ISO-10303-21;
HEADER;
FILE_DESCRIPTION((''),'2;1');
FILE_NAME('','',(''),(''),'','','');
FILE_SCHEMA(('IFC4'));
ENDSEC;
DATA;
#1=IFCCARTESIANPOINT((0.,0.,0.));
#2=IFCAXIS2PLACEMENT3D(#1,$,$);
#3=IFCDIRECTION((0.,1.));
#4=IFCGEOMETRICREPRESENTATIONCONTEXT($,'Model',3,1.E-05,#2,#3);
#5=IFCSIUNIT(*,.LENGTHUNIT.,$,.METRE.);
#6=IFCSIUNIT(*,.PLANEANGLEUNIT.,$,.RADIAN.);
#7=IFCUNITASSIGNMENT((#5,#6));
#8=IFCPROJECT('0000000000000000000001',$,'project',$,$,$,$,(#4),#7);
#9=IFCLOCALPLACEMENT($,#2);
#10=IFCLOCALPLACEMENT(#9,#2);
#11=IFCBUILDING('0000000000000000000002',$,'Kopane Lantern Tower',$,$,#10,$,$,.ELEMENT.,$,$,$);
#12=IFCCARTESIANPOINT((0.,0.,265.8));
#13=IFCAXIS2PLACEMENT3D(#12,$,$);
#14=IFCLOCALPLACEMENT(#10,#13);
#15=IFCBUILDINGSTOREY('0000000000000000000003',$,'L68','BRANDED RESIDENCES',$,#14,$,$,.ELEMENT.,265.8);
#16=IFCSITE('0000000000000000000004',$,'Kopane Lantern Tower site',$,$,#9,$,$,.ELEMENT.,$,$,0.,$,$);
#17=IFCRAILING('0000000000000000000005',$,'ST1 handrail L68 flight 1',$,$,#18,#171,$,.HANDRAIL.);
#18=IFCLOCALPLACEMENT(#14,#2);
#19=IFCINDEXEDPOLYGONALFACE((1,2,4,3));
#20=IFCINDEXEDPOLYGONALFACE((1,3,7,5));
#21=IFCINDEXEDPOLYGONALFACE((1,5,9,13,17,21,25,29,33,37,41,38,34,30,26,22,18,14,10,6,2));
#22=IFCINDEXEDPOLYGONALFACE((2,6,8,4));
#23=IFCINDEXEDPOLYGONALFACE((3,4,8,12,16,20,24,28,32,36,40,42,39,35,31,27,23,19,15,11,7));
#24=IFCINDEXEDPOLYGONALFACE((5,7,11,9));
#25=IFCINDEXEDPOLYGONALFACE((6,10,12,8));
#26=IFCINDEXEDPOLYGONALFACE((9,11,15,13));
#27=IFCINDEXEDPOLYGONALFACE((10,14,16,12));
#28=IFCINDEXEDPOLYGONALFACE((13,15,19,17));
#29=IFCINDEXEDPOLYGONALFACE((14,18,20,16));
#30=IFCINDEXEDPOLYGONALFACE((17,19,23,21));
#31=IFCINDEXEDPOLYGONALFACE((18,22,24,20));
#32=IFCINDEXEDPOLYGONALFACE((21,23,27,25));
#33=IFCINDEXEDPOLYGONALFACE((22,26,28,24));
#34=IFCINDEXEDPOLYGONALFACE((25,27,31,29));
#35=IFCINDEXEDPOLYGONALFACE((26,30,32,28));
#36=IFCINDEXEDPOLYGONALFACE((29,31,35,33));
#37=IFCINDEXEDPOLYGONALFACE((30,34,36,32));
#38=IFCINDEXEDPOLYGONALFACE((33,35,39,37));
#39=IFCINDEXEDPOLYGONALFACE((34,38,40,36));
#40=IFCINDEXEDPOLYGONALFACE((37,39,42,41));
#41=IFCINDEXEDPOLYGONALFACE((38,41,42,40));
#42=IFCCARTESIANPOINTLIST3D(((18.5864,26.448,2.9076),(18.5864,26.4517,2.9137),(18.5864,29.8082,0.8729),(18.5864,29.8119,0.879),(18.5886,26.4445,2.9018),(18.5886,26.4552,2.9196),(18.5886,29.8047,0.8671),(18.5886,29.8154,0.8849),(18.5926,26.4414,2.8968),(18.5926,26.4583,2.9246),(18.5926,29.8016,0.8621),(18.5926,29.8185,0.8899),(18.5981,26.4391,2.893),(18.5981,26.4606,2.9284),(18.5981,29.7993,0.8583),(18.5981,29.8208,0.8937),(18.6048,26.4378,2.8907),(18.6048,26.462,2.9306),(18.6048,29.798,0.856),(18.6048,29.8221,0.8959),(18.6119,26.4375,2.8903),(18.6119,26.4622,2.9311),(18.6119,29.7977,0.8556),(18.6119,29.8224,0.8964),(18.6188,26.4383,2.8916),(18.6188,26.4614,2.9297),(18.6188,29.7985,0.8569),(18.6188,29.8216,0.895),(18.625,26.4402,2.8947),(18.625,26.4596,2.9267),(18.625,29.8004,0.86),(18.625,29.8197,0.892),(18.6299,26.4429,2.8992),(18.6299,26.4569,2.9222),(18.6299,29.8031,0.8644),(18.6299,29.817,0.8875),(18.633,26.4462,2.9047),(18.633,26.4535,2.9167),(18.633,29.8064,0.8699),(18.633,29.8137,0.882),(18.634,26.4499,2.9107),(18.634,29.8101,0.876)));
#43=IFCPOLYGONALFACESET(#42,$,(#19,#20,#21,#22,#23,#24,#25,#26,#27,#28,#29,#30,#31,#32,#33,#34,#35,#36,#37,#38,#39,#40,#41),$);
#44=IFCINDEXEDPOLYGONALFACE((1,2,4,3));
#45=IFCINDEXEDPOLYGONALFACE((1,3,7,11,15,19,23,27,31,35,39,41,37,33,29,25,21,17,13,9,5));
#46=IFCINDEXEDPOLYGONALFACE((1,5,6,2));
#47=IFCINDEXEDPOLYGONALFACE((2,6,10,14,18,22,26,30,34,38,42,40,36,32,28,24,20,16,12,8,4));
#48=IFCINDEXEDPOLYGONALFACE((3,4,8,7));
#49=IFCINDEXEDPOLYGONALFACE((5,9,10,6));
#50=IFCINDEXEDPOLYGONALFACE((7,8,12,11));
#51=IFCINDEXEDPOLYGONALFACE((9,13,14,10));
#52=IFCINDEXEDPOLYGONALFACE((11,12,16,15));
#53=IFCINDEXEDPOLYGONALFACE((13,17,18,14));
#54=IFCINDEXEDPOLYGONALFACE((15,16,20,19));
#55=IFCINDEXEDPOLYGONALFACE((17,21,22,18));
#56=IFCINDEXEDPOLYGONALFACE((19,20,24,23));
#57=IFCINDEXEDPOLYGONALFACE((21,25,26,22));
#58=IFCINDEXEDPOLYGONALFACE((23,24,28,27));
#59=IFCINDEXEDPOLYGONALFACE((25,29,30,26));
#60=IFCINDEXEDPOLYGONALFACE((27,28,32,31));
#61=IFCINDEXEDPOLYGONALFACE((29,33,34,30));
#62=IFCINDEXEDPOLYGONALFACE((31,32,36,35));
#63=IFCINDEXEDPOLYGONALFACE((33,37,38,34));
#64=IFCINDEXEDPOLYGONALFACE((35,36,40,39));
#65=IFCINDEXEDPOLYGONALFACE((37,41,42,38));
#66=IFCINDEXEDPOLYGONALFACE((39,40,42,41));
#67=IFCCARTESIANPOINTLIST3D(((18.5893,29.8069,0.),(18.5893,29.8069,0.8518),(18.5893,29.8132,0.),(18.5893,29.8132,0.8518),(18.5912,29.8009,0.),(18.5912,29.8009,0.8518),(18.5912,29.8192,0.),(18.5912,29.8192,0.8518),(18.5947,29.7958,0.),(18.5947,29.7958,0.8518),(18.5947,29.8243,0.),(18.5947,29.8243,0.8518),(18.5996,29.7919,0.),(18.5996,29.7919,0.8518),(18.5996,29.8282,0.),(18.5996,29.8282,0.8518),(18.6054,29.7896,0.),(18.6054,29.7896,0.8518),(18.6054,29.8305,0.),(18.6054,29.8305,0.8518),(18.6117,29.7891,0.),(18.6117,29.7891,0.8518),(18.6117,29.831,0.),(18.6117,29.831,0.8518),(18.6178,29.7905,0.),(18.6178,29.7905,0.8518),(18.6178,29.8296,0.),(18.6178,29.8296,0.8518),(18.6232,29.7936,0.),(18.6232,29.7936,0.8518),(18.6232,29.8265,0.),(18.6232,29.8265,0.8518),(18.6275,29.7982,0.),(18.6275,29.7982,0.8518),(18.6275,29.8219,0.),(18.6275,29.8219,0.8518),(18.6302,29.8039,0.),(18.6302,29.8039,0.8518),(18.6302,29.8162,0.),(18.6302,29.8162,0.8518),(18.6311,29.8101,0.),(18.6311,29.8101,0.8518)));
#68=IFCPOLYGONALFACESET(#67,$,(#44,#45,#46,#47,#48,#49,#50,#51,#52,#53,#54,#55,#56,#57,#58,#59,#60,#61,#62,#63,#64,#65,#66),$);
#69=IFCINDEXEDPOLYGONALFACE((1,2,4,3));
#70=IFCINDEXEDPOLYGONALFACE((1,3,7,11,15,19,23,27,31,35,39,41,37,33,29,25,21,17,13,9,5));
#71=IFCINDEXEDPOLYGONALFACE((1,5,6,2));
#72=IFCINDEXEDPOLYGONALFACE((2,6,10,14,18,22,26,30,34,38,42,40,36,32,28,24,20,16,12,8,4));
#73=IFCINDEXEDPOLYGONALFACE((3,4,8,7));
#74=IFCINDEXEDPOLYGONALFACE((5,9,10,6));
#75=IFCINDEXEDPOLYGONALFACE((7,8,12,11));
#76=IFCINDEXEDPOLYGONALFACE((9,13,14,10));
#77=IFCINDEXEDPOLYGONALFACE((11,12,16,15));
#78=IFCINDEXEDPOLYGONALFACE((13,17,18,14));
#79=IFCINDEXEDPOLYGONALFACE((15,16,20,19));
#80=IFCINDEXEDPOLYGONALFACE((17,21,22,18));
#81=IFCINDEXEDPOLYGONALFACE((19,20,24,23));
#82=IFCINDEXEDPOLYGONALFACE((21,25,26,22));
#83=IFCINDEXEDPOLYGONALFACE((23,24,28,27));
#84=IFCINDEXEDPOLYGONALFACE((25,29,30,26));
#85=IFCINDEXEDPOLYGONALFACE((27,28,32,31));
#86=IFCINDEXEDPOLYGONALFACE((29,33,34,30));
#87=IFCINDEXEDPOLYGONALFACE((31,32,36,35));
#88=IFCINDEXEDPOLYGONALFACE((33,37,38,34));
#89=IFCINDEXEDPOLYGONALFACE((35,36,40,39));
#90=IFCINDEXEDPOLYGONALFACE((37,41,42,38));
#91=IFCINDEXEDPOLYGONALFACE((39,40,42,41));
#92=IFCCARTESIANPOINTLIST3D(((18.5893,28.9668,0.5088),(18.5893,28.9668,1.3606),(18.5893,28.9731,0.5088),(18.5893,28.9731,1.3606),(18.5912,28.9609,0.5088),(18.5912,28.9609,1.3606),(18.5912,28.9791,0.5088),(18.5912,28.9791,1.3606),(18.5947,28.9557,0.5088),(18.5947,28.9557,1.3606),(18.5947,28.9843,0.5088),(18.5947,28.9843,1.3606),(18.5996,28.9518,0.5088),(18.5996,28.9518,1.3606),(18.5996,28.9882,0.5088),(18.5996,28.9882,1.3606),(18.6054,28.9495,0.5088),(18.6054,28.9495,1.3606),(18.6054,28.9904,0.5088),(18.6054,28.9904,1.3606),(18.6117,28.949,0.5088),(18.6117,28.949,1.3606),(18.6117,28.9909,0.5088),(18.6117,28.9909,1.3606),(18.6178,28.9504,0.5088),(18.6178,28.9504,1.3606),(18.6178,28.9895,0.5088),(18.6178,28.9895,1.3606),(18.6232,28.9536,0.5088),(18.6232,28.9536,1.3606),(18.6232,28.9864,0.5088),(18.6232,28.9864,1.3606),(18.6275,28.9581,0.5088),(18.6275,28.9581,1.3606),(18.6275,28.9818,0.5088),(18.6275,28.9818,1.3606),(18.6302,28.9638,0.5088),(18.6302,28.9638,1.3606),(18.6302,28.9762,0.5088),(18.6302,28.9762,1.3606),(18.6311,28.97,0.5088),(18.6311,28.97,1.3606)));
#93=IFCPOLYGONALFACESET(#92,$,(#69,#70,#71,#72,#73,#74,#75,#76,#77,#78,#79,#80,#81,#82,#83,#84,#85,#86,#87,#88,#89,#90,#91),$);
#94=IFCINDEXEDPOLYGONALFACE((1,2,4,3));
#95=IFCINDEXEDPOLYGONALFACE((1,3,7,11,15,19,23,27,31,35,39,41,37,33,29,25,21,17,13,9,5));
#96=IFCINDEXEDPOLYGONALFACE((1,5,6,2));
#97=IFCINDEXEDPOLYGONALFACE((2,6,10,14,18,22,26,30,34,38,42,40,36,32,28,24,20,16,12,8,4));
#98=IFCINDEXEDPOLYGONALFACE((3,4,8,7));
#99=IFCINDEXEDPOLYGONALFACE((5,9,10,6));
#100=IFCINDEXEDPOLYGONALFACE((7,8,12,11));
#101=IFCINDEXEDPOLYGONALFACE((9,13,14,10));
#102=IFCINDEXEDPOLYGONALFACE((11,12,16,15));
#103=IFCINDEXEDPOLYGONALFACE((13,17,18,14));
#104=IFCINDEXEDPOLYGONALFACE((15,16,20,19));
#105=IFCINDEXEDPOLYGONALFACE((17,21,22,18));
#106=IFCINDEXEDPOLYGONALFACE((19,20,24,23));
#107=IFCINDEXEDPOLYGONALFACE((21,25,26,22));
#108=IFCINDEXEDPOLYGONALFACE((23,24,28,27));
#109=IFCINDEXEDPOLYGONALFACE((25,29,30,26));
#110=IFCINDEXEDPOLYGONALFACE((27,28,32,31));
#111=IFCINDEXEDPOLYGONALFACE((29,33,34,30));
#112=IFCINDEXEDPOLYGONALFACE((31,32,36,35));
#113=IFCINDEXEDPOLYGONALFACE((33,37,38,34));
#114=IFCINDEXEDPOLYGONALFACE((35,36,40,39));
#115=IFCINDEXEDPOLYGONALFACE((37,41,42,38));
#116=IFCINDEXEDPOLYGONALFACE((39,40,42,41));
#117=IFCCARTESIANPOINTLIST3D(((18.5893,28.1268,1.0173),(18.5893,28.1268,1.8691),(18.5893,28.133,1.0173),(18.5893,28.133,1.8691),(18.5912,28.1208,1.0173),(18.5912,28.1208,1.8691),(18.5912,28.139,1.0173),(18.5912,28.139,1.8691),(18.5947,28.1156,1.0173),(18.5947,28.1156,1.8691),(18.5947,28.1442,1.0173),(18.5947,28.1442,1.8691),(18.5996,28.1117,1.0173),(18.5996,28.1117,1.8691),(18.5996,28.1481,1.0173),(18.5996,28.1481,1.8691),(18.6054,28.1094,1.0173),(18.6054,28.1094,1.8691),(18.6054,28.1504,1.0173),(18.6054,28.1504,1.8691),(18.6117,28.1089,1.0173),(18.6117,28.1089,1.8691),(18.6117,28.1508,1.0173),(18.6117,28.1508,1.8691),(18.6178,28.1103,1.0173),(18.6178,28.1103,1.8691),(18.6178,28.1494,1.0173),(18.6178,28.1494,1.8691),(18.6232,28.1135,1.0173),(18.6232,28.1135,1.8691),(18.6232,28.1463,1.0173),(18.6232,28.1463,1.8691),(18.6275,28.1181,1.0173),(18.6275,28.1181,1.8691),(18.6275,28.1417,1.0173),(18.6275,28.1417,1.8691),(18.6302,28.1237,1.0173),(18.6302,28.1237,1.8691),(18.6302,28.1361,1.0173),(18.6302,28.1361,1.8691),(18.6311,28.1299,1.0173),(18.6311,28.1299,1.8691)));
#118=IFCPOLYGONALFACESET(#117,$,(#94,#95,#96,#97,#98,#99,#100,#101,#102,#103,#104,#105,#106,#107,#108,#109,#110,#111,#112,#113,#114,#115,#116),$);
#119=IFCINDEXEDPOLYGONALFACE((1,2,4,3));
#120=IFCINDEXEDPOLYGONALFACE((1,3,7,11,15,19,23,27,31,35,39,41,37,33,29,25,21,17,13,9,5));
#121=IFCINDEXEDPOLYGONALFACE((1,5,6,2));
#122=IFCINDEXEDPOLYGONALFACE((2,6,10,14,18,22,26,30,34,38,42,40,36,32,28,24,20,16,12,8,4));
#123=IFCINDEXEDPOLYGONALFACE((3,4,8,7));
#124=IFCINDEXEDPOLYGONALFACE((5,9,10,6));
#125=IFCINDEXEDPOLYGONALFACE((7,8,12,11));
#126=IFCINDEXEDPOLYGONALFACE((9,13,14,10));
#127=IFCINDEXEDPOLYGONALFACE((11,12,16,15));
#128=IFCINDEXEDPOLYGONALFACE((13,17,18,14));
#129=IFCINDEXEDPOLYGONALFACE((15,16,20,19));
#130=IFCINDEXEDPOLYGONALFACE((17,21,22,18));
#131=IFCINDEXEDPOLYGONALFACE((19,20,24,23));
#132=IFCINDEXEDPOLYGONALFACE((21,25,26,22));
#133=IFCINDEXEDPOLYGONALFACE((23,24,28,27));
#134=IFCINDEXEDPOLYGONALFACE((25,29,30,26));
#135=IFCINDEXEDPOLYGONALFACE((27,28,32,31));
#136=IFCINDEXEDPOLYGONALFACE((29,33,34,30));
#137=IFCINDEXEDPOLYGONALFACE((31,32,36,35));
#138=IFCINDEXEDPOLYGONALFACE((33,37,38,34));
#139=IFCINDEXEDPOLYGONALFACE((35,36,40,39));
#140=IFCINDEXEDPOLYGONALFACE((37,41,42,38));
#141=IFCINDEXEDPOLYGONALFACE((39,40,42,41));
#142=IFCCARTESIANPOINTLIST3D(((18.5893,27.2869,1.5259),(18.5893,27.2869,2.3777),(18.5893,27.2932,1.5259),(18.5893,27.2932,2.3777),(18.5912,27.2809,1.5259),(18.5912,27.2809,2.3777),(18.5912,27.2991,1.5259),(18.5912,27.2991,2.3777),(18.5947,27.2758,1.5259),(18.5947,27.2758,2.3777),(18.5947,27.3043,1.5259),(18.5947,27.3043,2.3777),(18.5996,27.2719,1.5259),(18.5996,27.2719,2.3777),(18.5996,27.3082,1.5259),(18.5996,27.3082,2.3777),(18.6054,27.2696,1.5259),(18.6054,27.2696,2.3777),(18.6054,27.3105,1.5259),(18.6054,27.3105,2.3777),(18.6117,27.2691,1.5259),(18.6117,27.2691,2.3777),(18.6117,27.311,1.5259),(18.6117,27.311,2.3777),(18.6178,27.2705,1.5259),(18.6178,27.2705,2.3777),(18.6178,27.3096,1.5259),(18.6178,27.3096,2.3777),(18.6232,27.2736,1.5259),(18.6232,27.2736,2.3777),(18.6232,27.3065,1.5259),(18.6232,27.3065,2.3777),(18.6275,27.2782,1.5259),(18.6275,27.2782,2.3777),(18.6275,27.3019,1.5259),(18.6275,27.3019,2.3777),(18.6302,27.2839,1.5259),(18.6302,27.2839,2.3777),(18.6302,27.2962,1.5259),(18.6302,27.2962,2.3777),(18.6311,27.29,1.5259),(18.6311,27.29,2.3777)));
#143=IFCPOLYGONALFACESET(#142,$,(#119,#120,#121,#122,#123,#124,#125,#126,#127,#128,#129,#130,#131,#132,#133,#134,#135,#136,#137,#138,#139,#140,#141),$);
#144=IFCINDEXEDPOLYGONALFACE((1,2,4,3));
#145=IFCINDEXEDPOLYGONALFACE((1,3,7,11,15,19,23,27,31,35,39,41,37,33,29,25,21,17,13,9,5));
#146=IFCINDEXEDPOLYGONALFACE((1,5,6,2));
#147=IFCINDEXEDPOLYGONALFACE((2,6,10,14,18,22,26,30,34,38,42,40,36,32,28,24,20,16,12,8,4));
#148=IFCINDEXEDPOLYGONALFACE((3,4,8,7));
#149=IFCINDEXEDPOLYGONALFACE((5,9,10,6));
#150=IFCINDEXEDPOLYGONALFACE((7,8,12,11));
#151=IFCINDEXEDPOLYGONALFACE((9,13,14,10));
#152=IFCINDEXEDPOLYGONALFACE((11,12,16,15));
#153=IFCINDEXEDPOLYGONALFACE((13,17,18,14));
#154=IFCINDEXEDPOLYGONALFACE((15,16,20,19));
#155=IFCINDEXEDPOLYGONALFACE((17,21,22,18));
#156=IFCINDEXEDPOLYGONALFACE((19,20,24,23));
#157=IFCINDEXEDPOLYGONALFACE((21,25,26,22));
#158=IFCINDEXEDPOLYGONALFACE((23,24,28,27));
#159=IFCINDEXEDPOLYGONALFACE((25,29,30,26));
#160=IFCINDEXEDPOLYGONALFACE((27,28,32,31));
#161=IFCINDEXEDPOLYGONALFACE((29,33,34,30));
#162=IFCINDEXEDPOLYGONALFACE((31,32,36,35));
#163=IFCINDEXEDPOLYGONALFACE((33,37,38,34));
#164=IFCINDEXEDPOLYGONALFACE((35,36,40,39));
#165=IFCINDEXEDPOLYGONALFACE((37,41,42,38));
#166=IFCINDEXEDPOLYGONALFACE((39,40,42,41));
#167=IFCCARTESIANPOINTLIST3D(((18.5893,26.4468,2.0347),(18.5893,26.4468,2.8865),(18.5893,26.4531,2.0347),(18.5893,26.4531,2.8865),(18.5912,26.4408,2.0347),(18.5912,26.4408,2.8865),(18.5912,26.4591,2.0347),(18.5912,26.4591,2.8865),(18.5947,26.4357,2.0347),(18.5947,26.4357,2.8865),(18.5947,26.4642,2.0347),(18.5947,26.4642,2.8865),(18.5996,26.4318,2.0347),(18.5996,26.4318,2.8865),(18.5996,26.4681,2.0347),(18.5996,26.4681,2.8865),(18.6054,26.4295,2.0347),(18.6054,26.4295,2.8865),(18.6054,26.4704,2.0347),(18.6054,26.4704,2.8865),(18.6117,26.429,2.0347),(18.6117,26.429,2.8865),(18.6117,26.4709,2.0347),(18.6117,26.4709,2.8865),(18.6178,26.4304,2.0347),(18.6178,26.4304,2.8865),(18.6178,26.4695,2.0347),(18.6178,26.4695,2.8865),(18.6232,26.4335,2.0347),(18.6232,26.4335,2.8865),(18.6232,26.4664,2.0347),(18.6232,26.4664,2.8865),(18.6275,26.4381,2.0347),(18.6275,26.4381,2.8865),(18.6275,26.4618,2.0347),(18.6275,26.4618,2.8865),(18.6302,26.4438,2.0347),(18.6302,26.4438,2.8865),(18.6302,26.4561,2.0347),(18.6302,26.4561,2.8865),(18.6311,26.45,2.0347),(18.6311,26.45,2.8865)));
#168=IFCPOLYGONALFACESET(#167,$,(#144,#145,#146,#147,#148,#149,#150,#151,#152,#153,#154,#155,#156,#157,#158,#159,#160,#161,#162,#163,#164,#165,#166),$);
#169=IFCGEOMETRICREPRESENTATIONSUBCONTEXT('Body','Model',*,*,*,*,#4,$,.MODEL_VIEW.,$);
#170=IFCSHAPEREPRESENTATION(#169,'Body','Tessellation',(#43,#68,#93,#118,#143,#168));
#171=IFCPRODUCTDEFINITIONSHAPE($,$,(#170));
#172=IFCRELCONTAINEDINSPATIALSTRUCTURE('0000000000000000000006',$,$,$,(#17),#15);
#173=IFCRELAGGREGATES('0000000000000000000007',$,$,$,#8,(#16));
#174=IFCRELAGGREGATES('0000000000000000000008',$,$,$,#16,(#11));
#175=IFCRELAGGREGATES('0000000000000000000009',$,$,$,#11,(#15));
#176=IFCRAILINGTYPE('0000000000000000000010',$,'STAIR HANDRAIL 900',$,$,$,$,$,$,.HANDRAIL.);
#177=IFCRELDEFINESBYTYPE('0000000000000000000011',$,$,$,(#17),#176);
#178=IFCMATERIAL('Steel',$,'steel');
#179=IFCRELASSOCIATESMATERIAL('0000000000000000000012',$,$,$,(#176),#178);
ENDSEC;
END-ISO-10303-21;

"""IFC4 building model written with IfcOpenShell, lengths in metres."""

from ifc_helpers import new_model, si_unit, direction, frame, origin, origin_2d, place, context, subcontext, project, spatial, circle, extrude, material, type_object, element, save


model = new_model("IFC4")

# Units and contexts
model_context = context("Model", 3, precision=1e-05, world=origin(), true_north=direction((0.0, 1.0)))
body_context = subcontext(model_context, "Body", "Model", "MODEL_VIEW")
ifc_project = project(units=[si_unit("LENGTHUNIT", "METRE"), si_unit("PLANEANGLEUNIT", "RADIAN")], contexts=[model_context])

# Site, building, storey
site_placement = place(None, origin())
site = spatial("IfcSite", under=ifc_project, at=site_placement, Name="Kopane Lantern Tower site", CompositionType="ELEMENT", RefElevation=0.0)
building_placement = place(site_placement, origin())
building = spatial("IfcBuilding", under=site, at=building_placement, Name="Kopane Lantern Tower", CompositionType="ELEMENT")
storey_placement = place(building_placement, frame((0.0, 0.0, 265.8)))
storey = spatial("IfcBuildingStorey", under=building, at=storey_placement, Name="L68", Description="BRANDED RESIDENCES", CompositionType="ELEMENT", Elevation=265.8)

# Railing
ifc_material_1 = material(Name="Steel", Category="steel")
railing_type_1 = type_object("IfcRailingType", Name="STAIR HANDRAIL 900", PredefinedType="HANDRAIL", material=ifc_material_1)
for number, where, name in (
    (1, (18.6101, 29.8101, 0.0), "ST1 handrail L68 flight 1"),
):
    element("IfcRailing", number, at=place(storey_placement, frame(where)), inside=storey, type_object=railing_type_1, Name=name, PredefinedType="HANDRAIL", context=body_context, shape_type="SweptSolid", body=[
        extrude(circle(Radius=0.0239, at=origin_2d()), frame((0.0, 0.0, 0.876), z_axis=(0.0, -0.855396, 0.517974), x_axis=(1.0, 0.0, 0.0)), (0.0, 0.0, 1.0), 3.9282),
        extrude(circle(Radius=0.021, at=origin_2d()), origin(), (0.0, 0.0, 1.0), 0.8518),
        extrude(circle(Radius=0.021, at=origin_2d()), frame((0.0, -0.8401, 0.5088)), (0.0, 0.0, 1.0), 0.8518),
        extrude(circle(Radius=0.021, at=origin_2d()), frame((0.0, -1.6802, 1.0173)), (0.0, 0.0, 1.0), 0.8518),
        extrude(circle(Radius=0.021, at=origin_2d()), frame((0.0, -2.52, 1.5259)), (0.0, 0.0, 1.0), 0.8518),
        extrude(circle(Radius=0.021, at=origin_2d()), frame((0.0, -3.3601, 2.0347)), (0.0, 0.0, 1.0), 0.8518),
    ])

save(model, "model.ifc")
